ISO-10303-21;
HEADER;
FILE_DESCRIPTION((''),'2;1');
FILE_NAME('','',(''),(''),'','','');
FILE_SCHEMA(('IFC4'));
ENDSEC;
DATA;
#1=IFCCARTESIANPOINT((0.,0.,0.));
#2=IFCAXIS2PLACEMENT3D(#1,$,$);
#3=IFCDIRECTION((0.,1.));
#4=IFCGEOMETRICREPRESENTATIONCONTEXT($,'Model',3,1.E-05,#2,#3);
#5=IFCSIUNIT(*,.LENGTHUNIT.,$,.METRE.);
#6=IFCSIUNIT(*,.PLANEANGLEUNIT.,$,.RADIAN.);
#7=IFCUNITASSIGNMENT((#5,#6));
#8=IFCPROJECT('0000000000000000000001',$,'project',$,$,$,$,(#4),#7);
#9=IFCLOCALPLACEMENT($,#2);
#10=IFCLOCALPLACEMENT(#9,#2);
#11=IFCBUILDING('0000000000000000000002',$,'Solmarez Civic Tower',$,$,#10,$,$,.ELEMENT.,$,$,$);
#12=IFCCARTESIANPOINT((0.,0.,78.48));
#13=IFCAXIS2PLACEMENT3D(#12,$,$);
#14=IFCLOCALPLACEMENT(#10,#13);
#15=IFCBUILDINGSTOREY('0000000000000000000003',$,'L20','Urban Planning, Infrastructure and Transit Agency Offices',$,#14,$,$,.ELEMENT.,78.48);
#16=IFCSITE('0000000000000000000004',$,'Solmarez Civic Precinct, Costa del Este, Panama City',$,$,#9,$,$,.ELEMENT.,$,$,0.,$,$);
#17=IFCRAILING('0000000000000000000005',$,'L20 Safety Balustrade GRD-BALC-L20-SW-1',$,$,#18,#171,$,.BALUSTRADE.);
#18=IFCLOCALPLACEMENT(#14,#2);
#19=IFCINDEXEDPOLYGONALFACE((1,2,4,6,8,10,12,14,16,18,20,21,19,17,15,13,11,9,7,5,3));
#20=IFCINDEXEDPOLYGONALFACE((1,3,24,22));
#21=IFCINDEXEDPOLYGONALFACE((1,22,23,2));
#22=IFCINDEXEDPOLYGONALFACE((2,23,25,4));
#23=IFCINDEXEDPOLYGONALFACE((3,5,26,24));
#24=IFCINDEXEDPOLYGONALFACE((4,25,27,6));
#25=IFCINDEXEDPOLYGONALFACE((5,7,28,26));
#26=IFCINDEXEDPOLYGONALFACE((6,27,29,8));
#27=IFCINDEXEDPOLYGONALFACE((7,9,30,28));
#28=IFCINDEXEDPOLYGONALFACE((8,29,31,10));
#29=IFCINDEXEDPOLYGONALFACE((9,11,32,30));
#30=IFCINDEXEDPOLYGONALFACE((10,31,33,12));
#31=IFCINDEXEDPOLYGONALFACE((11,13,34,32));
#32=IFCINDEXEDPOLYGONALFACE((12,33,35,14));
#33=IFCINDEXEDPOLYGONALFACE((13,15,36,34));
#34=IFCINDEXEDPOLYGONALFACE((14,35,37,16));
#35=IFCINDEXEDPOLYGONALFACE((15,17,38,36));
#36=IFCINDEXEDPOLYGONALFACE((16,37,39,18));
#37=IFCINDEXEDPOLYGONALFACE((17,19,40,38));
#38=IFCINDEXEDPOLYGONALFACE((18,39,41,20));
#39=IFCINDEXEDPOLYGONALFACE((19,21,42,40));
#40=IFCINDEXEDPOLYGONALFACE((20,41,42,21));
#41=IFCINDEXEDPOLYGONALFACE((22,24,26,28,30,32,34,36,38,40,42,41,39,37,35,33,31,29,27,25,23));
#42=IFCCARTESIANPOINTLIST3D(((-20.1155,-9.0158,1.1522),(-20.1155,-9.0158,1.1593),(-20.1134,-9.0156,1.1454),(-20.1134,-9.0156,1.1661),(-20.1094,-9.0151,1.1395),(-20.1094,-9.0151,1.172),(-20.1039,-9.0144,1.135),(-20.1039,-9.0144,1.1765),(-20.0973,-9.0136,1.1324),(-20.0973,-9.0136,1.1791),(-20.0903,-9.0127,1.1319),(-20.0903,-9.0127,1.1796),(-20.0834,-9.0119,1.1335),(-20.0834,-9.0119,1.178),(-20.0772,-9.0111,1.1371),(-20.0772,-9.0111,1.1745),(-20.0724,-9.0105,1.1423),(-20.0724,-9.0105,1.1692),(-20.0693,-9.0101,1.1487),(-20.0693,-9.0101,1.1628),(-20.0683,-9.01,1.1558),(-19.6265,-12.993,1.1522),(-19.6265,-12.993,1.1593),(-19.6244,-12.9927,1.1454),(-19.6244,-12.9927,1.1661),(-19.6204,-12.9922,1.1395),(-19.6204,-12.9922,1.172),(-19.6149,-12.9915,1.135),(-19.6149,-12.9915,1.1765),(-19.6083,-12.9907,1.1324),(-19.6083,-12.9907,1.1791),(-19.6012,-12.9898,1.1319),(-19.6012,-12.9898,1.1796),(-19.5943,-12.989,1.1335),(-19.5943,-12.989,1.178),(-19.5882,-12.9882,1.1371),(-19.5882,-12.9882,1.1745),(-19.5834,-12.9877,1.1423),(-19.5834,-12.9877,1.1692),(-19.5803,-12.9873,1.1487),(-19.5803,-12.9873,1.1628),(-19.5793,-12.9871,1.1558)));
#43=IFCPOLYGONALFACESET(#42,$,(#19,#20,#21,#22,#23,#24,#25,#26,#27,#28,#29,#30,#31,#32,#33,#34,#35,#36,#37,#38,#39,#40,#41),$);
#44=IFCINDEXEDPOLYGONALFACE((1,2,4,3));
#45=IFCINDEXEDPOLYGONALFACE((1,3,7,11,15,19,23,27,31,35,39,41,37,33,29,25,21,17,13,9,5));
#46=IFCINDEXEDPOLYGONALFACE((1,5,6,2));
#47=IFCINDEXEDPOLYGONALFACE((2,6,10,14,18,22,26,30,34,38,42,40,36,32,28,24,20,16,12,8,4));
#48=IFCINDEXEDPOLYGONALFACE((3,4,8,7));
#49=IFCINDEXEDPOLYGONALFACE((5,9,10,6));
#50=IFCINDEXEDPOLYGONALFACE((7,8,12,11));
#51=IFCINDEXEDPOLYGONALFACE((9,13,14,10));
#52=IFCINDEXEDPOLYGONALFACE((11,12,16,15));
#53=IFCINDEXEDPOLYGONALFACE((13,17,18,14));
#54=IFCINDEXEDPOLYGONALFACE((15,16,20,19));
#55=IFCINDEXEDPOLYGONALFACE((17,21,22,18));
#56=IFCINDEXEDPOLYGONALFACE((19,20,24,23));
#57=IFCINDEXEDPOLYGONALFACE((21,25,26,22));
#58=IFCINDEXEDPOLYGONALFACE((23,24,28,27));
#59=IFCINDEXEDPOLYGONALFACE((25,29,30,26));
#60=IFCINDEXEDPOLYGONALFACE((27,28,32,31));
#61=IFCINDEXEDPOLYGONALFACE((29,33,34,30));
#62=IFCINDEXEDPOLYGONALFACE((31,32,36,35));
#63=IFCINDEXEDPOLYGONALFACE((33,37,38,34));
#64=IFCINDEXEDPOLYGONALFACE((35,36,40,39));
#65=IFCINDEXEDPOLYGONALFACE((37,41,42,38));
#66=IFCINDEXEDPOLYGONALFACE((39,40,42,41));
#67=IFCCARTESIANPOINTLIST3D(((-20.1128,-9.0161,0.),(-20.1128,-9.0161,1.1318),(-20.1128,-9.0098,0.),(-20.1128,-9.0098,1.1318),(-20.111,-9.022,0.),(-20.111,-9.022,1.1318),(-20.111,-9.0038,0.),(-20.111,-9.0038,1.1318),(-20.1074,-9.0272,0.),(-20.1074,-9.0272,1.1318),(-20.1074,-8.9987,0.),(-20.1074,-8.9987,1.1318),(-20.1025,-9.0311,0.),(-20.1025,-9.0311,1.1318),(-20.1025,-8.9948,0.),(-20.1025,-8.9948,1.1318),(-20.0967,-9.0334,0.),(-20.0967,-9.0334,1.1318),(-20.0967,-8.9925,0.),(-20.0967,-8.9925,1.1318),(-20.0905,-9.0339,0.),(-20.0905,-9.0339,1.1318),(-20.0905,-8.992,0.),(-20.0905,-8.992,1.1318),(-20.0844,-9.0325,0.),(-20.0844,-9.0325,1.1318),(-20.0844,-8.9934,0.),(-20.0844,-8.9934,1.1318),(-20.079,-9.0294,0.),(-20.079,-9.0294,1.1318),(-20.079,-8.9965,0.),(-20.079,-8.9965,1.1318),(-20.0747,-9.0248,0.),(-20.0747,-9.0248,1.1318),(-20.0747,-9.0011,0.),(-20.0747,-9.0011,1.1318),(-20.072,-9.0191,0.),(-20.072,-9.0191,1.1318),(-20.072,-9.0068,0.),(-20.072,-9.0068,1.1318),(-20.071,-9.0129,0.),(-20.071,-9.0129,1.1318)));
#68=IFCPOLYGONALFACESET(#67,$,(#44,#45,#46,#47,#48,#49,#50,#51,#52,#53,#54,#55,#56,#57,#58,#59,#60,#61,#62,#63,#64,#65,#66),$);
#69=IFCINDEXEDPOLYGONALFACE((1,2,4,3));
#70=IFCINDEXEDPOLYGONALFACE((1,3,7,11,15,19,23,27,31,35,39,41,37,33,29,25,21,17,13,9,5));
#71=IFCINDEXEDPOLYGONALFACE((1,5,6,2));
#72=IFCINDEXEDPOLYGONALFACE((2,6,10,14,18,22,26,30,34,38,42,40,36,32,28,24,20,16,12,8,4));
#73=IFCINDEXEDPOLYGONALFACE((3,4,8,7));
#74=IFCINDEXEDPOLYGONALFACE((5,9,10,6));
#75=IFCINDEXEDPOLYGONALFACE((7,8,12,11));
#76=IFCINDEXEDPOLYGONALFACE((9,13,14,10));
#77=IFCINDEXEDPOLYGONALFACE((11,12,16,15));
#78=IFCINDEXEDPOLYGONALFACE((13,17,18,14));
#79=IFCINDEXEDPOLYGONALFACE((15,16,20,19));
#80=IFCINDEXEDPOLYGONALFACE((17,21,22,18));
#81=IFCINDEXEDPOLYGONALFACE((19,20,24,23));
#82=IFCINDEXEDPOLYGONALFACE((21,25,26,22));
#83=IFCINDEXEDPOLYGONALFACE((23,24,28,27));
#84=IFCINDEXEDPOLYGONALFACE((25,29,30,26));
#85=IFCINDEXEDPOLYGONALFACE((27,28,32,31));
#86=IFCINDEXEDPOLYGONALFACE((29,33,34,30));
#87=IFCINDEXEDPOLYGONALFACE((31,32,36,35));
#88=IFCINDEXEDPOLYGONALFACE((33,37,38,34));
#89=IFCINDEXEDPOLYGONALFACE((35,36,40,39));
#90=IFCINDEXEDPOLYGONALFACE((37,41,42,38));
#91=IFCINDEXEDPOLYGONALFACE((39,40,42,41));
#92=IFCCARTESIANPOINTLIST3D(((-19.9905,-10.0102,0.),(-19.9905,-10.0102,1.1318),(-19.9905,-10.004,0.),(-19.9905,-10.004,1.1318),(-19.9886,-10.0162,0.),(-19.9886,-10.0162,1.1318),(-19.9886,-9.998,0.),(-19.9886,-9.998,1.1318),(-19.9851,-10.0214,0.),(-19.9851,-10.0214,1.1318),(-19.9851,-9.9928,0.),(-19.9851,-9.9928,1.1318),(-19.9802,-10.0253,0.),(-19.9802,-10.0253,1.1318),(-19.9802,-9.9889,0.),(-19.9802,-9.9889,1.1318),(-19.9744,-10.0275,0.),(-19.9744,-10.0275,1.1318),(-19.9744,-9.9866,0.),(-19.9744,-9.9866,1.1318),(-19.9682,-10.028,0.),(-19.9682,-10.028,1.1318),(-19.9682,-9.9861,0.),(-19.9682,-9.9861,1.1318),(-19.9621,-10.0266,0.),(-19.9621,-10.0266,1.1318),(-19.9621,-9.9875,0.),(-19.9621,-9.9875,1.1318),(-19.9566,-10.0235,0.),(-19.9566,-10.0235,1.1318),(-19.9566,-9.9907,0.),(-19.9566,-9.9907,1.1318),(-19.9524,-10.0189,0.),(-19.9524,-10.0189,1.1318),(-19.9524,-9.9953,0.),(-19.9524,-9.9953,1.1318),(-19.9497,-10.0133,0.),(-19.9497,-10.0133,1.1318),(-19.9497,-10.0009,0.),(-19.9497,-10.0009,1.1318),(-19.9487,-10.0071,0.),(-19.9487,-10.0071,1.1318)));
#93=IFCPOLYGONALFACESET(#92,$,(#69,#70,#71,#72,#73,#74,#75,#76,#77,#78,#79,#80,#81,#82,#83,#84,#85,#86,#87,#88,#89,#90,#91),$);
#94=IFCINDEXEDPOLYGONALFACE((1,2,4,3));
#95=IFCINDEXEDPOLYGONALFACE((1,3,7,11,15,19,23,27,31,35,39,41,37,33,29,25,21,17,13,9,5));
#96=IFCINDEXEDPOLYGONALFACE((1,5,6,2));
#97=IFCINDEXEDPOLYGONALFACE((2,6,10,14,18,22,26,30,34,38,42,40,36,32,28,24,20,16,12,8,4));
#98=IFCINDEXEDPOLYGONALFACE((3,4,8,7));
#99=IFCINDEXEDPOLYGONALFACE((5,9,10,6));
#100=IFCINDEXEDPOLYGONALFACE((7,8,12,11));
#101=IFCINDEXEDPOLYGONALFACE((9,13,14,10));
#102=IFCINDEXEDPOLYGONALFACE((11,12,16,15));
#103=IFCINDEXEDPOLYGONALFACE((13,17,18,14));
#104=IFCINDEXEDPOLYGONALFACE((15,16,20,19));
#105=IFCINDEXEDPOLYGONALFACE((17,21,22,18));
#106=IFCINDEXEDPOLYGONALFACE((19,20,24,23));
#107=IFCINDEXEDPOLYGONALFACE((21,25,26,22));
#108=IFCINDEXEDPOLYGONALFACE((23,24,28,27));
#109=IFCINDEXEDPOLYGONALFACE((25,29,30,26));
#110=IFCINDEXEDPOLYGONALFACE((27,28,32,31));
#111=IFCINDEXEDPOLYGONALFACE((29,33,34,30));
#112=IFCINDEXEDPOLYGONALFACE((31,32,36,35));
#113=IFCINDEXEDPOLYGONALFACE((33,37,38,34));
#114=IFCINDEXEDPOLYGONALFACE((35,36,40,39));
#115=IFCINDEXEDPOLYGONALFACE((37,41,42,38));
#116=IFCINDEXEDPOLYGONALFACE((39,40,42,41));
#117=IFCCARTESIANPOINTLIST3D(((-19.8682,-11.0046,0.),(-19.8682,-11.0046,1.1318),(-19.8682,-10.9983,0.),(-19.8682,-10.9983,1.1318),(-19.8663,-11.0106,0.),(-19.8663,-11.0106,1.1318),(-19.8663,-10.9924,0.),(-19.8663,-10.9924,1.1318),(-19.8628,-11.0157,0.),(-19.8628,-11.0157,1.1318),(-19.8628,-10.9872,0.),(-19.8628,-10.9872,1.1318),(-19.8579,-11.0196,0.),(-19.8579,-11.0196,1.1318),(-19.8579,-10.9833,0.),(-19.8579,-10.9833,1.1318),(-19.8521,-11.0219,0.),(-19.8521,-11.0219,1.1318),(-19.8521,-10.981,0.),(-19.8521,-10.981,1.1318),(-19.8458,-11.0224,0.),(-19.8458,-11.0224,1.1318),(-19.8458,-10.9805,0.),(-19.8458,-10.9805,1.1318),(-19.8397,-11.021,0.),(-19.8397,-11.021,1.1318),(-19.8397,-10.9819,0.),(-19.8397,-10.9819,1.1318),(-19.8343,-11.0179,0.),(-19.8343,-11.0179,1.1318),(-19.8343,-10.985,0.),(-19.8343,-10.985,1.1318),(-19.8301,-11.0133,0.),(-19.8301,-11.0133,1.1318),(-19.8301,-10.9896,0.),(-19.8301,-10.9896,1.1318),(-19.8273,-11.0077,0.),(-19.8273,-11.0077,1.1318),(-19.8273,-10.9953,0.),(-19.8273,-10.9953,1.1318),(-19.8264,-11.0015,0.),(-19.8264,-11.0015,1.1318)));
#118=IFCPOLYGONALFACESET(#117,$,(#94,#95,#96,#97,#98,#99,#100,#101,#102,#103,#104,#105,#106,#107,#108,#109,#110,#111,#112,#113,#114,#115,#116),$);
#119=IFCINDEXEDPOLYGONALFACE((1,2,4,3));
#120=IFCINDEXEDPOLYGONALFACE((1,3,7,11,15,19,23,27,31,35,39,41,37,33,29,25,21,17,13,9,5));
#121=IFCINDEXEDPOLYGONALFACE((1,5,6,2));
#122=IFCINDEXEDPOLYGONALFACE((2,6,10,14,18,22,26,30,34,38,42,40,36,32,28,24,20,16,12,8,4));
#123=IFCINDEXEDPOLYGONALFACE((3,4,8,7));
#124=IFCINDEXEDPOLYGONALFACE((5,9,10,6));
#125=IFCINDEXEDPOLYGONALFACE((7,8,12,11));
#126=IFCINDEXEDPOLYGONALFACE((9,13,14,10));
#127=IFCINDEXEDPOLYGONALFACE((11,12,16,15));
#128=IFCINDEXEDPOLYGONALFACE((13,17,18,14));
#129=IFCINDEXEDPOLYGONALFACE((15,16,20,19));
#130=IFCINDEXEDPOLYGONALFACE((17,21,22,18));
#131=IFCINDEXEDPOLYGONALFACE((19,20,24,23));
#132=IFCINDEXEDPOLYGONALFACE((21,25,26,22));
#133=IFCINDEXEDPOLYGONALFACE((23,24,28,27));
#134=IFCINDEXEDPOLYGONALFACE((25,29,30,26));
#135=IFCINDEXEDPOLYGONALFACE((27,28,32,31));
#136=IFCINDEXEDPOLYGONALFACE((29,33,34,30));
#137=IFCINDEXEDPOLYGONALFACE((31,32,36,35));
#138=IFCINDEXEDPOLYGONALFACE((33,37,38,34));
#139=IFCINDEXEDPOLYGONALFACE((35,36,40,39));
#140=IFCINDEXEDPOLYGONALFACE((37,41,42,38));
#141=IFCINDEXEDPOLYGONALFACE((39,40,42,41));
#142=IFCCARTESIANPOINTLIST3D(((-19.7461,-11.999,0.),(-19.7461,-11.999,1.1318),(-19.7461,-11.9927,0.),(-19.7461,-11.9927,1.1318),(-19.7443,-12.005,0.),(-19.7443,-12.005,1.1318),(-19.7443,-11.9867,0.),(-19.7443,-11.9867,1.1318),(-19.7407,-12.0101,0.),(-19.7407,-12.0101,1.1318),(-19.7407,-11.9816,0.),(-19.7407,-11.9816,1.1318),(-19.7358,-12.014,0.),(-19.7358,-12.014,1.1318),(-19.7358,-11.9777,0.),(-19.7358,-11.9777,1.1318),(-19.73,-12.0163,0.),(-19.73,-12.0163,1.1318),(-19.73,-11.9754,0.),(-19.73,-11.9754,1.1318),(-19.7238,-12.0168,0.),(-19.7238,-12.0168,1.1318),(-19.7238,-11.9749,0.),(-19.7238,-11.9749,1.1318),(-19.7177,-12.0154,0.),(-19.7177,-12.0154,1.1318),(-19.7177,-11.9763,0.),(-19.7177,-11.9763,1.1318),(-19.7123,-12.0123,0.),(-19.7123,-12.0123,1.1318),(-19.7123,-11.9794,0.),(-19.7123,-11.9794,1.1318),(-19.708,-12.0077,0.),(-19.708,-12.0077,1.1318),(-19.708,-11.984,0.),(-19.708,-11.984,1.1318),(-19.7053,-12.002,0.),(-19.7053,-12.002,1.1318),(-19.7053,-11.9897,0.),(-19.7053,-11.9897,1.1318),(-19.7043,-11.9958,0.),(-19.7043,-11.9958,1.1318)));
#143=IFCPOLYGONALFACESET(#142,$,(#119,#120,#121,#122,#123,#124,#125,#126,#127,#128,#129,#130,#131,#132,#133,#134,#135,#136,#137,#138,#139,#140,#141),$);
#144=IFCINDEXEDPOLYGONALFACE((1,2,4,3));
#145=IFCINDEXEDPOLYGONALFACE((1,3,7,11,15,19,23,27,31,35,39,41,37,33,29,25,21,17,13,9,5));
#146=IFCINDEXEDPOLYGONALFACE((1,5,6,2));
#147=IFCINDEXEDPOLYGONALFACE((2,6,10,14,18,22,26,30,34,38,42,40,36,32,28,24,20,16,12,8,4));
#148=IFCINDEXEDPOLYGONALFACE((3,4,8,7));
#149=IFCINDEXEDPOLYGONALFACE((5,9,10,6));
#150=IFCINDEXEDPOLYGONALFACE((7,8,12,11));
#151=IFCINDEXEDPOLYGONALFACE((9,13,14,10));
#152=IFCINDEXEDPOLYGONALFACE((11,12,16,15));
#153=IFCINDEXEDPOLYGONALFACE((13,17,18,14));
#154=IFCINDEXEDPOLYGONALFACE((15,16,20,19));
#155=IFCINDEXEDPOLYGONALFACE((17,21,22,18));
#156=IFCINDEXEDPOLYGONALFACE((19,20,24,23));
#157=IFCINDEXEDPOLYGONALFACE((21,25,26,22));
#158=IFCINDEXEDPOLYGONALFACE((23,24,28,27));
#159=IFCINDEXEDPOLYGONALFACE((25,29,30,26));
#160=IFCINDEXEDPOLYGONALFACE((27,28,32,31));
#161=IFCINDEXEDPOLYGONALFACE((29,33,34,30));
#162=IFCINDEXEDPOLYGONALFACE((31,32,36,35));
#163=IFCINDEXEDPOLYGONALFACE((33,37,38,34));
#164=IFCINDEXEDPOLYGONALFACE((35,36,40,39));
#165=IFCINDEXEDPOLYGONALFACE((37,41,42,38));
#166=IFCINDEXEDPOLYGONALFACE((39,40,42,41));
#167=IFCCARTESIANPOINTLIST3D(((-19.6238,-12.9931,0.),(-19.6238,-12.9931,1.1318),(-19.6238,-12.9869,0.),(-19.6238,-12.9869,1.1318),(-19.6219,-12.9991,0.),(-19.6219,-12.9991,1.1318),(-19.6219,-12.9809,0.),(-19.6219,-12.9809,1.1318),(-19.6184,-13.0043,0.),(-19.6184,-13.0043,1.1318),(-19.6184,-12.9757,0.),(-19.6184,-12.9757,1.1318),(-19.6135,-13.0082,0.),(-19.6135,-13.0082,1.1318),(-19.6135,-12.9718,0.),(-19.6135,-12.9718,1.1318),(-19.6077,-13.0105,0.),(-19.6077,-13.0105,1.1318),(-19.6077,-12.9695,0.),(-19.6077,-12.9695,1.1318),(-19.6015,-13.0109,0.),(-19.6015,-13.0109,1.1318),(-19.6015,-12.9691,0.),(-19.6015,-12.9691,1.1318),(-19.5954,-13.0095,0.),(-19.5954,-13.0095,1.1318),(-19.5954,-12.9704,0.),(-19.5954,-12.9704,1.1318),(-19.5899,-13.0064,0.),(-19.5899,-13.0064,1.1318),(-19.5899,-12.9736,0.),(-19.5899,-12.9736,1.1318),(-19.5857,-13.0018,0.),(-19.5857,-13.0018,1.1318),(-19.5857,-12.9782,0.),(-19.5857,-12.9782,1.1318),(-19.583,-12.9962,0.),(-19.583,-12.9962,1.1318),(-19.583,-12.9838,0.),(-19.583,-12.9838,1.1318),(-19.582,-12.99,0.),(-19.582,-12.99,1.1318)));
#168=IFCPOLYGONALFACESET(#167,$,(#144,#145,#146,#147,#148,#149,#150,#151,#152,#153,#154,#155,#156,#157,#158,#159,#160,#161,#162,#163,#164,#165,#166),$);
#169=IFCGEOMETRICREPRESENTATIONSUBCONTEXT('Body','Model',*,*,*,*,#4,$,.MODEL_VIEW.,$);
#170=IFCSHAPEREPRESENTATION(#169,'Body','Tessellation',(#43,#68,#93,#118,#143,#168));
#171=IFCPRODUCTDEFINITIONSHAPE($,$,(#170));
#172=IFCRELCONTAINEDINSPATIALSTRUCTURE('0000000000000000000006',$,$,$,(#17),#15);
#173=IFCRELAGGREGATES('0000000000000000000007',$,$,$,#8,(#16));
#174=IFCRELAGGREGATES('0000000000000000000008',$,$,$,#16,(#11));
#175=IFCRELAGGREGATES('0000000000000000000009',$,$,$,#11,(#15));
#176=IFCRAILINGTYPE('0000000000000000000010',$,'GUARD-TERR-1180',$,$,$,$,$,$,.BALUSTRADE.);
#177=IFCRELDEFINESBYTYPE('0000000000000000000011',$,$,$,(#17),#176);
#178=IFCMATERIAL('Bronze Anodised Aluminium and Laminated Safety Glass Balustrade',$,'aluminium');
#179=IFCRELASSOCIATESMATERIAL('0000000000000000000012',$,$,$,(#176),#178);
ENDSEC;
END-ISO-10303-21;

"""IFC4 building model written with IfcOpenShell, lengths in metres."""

from ifc_helpers import new_model, si_unit, direction, frame, origin, origin_2d, place, context, subcontext, project, spatial, circle, extrude, material, type_object, element, save


model = new_model("IFC4")

# Units and contexts
model_context = context("Model", 3, precision=1e-05, world=origin(), true_north=direction((0.0, 1.0)))
body_context = subcontext(model_context, "Body", "Model", "MODEL_VIEW")
ifc_project = project(units=[si_unit("LENGTHUNIT", "METRE"), si_unit("PLANEANGLEUNIT", "RADIAN")], contexts=[model_context])

# Site, building, storey
site_placement = place(None, origin())
site = spatial("IfcSite", under=ifc_project, at=site_placement, Name="Solmarez Civic Precinct, Costa del Este, Panama City", CompositionType="ELEMENT", RefElevation=0.0)
building_placement = place(site_placement, origin())
building = spatial("IfcBuilding", under=site, at=building_placement, Name="Solmarez Civic Tower", CompositionType="ELEMENT")
storey_placement = place(building_placement, frame((0.0, 0.0, 78.48)))
storey = spatial("IfcBuildingStorey", under=building, at=storey_placement, Name="L20", Description="Urban Planning, Infrastructure and Transit Agency Offices", CompositionType="ELEMENT", Elevation=78.48)

# Railing
ifc_material_1 = material(Name="Bronze Anodised Aluminium and Laminated Safety Glass Balustrade", Category="aluminium")
railing_type = type_object("IfcRailingType", Name="GUARD-TERR-1180", PredefinedType="BALUSTRADE", material=ifc_material_1)
railing_1_placement = place(storey_placement, frame((-20.092, -9.0129, 0.0)))
element("IfcRailing", 1, at=railing_1_placement, inside=storey, type_object=railing_type, Name="L20 Safety Balustrade GRD-BALC-L20-SW-1", PredefinedType="BALUSTRADE", context=body_context, shape_type="SweptSolid", body=[
    extrude(circle(Radius=0.0239, at=origin_2d()), frame((0.0, 0.0, 1.1558), z_axis=(0.12204, -0.992525, 0.0), x_axis=(0.992525, 0.12204, 0.0)), (0.0, 0.0, 1.0), 4.0071),
    extrude(circle(Radius=0.021, at=origin_2d()), origin(), (0.0, 0.0, 1.0), 1.1318),
    extrude(circle(Radius=0.021, at=origin_2d()), frame((0.1223, -0.9941, 0.0)), (0.0, 0.0, 1.0), 1.1318),
    extrude(circle(Radius=0.021, at=origin_2d()), frame((0.2446, -1.9885, 0.0)), (0.0, 0.0, 1.0), 1.1318),
    extrude(circle(Radius=0.021, at=origin_2d()), frame((0.3667, -2.9829, 0.0)), (0.0, 0.0, 1.0), 1.1318),
    extrude(circle(Radius=0.021, at=origin_2d()), frame((0.489, -3.9771, 0.0)), (0.0, 0.0, 1.0), 1.1318),
])

save(model, "model.ifc")
